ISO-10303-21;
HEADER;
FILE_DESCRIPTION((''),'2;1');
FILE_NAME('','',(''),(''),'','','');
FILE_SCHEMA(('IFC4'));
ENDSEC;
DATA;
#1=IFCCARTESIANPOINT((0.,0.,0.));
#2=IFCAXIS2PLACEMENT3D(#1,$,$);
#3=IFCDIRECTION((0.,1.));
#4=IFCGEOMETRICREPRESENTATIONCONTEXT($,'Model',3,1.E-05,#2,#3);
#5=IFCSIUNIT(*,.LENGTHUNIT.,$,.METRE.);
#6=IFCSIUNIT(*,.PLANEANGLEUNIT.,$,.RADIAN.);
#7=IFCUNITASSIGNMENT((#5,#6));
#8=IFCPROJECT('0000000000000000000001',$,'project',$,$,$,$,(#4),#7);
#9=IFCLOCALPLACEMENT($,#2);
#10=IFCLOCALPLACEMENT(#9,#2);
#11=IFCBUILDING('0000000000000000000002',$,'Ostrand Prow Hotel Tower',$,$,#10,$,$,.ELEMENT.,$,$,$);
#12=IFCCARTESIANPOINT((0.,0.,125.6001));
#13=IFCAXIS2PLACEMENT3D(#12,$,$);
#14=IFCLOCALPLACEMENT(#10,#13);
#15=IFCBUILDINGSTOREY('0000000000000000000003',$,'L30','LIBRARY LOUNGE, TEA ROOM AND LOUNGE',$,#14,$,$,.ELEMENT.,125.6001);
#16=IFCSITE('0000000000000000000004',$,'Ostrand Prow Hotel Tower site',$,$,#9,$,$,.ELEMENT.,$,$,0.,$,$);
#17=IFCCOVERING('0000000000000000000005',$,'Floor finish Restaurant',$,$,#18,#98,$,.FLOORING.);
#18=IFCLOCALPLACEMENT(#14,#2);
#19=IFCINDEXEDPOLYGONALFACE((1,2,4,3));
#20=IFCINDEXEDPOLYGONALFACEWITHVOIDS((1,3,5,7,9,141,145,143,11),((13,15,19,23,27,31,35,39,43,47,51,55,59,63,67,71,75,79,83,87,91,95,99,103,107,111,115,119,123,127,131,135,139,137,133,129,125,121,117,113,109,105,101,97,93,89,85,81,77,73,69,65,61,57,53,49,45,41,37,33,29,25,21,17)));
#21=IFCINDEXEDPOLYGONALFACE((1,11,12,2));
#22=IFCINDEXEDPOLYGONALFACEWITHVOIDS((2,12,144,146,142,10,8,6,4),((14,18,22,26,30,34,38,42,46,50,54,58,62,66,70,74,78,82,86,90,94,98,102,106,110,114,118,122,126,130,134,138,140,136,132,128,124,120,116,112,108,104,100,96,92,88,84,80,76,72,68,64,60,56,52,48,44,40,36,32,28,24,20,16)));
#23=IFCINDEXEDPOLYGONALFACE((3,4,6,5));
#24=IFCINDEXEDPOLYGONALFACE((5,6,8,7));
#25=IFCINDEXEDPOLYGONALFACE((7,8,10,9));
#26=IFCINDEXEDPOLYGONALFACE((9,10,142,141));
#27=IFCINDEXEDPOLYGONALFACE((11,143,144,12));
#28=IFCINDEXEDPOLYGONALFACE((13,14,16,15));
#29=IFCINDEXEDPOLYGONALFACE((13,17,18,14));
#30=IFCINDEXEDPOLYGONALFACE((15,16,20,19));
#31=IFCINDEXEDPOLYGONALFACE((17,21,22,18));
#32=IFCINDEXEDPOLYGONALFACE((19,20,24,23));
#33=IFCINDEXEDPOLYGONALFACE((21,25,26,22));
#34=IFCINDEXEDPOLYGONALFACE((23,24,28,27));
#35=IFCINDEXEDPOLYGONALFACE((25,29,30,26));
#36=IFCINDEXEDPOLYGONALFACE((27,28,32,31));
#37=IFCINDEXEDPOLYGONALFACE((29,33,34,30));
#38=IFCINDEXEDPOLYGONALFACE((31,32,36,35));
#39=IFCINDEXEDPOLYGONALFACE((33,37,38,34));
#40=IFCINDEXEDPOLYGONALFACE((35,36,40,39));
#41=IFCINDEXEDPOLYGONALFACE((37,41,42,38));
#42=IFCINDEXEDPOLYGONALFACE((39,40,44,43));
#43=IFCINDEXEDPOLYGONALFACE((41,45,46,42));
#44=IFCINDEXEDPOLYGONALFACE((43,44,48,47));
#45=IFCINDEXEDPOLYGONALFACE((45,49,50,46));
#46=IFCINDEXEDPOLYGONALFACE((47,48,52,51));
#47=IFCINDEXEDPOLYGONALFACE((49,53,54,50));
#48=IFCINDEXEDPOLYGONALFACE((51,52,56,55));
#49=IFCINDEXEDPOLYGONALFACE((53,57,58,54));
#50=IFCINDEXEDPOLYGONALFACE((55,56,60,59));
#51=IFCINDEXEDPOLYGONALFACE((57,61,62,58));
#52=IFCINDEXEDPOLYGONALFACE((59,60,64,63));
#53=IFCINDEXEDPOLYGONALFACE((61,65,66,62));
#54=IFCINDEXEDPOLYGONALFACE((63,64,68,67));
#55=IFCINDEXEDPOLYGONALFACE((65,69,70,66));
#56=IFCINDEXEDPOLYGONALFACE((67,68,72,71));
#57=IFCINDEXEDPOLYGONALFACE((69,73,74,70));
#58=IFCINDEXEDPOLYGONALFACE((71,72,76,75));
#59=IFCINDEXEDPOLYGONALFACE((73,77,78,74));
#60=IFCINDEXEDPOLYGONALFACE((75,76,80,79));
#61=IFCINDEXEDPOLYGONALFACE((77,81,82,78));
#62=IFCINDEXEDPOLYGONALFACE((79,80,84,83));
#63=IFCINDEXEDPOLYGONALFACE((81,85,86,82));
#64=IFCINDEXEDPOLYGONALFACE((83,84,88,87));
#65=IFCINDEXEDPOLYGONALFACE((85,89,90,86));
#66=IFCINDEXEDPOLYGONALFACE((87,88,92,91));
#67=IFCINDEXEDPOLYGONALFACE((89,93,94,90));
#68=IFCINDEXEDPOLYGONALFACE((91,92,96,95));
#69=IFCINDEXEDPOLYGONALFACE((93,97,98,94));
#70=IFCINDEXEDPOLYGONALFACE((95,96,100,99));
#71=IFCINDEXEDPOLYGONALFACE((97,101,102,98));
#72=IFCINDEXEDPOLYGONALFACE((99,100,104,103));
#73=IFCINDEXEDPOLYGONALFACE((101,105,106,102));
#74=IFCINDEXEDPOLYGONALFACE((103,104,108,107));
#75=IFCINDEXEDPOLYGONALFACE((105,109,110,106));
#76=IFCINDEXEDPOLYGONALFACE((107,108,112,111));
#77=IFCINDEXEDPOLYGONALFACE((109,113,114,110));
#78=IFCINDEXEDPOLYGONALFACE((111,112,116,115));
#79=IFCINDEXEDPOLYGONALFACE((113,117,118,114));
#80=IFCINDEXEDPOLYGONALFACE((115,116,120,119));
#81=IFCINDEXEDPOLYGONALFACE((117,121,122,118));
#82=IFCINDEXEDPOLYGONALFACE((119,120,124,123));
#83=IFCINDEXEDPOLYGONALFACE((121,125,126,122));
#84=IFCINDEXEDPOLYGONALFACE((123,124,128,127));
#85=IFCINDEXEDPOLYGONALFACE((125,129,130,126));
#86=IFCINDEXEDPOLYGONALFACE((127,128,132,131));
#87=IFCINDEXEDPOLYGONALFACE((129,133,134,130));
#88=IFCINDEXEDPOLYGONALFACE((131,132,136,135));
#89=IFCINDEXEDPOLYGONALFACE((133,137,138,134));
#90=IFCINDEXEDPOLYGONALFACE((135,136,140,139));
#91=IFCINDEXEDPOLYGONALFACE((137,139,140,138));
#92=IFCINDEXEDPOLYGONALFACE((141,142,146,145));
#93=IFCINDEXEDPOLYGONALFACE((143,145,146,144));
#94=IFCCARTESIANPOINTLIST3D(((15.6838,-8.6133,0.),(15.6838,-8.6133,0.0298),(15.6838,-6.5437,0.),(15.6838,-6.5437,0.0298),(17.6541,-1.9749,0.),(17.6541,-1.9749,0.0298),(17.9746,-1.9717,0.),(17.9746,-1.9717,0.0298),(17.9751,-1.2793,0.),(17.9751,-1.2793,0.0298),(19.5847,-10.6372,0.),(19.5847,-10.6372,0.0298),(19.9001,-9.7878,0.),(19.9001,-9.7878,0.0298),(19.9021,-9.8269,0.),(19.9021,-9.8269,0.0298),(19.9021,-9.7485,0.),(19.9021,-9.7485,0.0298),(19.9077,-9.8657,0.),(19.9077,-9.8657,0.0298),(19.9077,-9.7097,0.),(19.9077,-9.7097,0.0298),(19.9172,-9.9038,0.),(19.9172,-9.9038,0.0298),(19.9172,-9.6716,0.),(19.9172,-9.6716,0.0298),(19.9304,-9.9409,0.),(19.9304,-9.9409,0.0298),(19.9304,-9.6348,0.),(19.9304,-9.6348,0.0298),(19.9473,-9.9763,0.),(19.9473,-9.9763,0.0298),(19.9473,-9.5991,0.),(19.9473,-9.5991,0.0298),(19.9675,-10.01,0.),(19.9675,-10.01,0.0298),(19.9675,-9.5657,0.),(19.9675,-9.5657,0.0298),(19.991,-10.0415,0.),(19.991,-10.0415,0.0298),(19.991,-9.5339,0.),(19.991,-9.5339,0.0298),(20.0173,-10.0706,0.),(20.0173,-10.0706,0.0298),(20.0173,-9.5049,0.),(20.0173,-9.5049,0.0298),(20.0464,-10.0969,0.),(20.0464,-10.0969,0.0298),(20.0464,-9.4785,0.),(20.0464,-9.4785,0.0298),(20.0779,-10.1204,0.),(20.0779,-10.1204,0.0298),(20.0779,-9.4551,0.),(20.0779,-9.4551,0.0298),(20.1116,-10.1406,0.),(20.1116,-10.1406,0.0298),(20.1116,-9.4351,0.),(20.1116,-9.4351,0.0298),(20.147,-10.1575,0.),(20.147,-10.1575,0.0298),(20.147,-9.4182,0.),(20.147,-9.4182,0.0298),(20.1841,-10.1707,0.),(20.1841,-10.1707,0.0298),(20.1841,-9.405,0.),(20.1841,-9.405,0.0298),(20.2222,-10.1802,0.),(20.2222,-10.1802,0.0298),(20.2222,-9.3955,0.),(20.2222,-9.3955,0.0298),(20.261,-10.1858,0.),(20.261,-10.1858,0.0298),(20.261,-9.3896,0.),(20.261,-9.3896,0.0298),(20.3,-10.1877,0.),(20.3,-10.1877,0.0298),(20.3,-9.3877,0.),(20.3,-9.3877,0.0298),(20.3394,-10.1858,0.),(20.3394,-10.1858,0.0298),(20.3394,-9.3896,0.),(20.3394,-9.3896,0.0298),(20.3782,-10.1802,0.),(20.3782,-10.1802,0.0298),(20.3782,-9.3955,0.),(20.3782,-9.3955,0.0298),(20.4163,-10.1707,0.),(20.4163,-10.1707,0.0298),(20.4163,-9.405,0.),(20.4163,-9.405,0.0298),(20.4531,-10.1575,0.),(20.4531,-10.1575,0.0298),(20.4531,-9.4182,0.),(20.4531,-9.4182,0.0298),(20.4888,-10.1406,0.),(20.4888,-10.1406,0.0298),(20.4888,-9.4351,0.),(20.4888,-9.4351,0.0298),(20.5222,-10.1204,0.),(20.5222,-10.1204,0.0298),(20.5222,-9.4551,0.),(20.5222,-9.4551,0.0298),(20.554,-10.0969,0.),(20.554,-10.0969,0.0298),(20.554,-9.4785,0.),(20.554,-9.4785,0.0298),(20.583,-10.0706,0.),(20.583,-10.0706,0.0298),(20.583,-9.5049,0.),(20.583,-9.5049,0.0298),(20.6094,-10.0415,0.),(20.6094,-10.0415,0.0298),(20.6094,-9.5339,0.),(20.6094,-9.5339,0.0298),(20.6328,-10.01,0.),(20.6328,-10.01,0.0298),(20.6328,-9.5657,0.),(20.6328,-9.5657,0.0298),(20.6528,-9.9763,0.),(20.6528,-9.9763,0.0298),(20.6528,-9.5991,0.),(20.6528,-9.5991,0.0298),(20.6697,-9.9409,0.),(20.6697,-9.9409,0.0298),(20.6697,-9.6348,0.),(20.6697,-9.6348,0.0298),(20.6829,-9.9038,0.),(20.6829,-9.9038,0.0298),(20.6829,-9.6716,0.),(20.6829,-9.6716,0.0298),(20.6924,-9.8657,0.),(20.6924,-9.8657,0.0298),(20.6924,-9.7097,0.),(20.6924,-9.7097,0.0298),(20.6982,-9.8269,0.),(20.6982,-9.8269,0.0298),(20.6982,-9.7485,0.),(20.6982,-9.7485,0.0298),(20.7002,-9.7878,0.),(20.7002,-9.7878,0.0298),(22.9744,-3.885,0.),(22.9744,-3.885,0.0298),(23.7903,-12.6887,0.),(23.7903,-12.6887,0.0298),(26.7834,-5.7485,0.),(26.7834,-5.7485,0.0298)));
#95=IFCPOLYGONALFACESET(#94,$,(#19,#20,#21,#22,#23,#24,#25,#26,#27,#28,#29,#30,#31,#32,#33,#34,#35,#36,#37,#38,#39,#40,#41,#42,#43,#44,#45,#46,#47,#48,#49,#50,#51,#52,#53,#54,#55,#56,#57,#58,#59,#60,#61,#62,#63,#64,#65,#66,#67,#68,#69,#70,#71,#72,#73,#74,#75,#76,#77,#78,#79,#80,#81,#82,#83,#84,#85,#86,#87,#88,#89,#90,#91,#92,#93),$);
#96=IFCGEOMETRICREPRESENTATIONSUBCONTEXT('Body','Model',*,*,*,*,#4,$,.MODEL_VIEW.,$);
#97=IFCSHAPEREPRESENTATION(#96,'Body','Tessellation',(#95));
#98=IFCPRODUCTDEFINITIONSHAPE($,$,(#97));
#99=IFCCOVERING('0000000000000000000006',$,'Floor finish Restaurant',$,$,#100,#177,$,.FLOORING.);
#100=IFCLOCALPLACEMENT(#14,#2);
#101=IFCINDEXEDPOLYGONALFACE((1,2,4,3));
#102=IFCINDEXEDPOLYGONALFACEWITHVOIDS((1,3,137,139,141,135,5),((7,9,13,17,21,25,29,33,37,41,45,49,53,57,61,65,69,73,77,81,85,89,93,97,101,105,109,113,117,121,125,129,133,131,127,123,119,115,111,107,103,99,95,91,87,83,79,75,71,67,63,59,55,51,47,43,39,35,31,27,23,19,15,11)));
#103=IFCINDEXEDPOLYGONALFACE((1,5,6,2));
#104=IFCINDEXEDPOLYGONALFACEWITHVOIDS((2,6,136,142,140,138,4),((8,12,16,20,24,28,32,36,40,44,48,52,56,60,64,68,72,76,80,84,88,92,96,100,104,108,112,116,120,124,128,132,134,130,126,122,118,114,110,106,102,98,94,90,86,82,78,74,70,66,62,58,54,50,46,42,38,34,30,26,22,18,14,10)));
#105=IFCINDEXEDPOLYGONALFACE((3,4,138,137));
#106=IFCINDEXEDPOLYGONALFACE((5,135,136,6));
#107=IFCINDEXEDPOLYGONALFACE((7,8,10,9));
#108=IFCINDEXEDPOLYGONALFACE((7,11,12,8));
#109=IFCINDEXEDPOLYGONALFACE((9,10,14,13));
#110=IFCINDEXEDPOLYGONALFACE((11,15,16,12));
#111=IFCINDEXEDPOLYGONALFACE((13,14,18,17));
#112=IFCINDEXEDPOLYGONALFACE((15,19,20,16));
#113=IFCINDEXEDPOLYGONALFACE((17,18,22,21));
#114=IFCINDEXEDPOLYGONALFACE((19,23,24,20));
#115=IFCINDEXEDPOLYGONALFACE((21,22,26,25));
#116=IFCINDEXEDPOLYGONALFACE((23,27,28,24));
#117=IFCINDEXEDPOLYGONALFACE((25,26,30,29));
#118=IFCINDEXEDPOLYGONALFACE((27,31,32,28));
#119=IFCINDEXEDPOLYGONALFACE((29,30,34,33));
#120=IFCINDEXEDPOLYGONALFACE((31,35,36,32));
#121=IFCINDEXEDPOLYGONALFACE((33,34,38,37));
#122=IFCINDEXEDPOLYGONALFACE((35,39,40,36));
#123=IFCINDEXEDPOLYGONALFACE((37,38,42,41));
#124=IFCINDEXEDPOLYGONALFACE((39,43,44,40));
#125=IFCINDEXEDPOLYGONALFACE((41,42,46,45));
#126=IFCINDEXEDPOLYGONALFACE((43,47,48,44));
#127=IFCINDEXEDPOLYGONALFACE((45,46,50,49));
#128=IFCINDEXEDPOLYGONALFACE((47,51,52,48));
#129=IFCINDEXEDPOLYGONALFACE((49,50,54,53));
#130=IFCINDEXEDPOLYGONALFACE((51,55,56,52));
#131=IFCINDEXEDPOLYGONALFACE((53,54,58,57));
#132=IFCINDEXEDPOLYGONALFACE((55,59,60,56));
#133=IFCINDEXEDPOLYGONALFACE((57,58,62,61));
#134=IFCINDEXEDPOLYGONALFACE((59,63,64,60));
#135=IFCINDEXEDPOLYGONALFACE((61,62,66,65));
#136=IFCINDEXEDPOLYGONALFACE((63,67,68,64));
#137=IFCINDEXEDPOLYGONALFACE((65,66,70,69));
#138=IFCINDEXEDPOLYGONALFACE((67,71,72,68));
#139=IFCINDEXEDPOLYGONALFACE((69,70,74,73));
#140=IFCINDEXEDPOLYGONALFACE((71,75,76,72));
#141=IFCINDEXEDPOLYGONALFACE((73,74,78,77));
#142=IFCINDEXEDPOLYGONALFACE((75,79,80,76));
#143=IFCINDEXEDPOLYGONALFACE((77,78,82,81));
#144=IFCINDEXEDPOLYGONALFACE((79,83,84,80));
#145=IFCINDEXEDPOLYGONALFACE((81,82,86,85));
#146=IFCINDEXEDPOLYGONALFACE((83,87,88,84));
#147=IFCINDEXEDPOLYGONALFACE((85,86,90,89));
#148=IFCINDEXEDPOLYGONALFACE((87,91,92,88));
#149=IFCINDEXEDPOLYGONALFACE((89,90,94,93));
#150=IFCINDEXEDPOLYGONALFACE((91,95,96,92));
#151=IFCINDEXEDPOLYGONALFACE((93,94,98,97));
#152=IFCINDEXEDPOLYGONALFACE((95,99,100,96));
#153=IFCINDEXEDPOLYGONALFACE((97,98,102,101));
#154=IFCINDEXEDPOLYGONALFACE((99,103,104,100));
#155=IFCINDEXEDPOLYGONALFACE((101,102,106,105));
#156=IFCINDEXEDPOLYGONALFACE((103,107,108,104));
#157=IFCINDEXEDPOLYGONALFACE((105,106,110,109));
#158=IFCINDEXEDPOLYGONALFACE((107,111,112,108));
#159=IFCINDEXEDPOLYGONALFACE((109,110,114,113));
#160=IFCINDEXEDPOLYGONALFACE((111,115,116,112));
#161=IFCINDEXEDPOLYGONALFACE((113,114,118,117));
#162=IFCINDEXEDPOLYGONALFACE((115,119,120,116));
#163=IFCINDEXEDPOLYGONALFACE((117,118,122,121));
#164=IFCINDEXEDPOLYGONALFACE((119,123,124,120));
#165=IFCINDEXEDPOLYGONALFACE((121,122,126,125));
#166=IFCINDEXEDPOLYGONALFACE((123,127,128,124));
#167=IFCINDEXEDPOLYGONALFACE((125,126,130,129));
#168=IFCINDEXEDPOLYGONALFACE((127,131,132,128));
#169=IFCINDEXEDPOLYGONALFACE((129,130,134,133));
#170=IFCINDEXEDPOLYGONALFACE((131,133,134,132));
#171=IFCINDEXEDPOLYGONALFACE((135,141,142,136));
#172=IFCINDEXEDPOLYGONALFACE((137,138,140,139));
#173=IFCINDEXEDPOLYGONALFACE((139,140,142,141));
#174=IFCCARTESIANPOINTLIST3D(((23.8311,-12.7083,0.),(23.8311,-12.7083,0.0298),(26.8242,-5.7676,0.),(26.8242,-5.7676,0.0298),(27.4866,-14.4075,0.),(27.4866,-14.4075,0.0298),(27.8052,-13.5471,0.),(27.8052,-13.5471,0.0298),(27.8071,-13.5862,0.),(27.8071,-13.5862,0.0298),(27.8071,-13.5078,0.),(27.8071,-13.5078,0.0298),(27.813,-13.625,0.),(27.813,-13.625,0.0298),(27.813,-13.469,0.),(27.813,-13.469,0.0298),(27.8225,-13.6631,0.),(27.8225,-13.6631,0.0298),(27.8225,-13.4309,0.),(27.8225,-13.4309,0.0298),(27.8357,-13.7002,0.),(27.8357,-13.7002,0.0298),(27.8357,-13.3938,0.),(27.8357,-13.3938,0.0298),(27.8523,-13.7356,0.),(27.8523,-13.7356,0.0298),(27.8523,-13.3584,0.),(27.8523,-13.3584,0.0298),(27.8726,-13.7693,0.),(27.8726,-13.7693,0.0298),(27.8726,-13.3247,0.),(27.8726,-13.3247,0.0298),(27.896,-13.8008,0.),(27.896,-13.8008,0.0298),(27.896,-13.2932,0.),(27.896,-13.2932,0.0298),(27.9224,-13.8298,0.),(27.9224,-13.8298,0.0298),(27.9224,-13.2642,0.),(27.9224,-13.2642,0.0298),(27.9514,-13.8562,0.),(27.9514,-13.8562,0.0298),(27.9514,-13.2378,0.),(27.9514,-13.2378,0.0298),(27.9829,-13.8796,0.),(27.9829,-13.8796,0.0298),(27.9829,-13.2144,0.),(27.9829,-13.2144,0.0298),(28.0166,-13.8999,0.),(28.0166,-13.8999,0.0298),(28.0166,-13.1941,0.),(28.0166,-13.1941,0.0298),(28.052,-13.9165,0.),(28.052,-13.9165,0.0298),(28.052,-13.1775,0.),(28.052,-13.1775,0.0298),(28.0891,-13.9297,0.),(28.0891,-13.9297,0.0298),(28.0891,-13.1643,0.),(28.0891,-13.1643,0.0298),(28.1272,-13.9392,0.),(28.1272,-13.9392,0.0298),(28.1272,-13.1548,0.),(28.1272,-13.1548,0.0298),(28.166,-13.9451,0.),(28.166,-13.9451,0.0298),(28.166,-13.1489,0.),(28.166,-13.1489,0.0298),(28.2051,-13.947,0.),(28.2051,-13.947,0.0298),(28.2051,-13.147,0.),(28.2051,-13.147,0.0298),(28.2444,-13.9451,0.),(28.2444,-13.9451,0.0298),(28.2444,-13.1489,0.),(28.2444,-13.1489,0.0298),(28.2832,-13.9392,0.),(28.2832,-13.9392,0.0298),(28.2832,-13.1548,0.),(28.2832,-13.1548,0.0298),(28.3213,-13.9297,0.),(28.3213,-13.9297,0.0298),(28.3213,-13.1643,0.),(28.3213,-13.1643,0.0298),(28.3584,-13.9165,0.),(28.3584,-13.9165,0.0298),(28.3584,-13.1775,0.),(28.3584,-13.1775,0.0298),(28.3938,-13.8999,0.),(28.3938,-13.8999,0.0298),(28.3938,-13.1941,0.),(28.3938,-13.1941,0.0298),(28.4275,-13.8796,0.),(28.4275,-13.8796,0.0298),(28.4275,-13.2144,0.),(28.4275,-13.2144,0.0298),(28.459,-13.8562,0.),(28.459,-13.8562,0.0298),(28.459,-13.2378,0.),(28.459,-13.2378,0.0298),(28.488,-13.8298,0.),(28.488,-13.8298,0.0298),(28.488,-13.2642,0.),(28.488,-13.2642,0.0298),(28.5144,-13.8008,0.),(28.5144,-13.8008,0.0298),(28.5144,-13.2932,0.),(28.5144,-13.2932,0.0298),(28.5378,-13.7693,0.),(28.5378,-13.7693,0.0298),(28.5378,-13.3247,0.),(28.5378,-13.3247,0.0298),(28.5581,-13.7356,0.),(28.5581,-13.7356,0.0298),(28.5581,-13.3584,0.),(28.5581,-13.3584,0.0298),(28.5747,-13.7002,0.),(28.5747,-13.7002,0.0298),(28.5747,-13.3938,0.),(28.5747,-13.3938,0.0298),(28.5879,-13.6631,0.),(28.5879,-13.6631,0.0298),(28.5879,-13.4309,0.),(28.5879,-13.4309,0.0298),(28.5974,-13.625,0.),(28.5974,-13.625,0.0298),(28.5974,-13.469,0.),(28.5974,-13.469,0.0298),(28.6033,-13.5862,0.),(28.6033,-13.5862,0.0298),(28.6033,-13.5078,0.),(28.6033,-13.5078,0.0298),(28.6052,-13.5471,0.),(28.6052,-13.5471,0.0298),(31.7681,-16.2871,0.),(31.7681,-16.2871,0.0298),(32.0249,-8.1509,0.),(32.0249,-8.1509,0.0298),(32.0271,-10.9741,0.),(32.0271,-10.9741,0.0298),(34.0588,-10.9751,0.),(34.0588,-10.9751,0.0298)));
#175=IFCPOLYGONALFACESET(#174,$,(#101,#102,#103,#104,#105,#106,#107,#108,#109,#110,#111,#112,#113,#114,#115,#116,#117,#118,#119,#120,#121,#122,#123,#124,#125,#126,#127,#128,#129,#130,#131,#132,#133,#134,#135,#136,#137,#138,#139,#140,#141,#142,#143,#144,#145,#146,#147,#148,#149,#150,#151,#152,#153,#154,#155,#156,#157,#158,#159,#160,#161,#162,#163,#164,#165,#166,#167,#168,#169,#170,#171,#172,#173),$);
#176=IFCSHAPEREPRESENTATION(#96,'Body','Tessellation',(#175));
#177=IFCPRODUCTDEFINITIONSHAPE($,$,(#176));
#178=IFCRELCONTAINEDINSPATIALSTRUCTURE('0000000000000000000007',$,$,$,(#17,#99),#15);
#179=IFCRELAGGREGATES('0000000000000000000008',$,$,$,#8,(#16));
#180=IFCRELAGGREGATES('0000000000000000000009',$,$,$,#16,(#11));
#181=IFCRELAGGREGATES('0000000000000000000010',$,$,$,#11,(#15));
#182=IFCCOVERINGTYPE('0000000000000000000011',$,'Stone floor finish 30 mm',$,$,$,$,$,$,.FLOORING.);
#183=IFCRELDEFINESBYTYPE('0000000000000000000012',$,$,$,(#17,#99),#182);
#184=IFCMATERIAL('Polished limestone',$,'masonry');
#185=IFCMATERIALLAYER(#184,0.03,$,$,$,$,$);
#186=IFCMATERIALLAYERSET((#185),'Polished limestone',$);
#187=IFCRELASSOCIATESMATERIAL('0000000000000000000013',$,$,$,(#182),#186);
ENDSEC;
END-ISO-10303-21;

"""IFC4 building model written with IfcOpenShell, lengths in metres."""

from ifc_helpers import new_model, si_unit, direction, frame, origin, place, context, subcontext, project, spatial, polyline, outline, extrude, material, layer, layer_set, type_object, element, save


model = new_model("IFC4")

# Units and contexts
model_context = context("Model", 3, precision=1e-05, world=origin(), true_north=direction((0.0, 1.0)))
body_context = subcontext(model_context, "Body", "Model", "MODEL_VIEW")
ifc_project = project(units=[si_unit("LENGTHUNIT", "METRE"), si_unit("PLANEANGLEUNIT", "RADIAN")], contexts=[model_context])

# Site, building, storey
site_placement = place(None, origin())
site = spatial("IfcSite", under=ifc_project, at=site_placement, Name="Ostrand Prow Hotel Tower site", CompositionType="ELEMENT", RefElevation=0.0)
building_placement = place(site_placement, origin())
building = spatial("IfcBuilding", under=site, at=building_placement, Name="Ostrand Prow Hotel Tower", CompositionType="ELEMENT")
storey_placement = place(building_placement, frame((0.0, 0.0, 125.6001)))
storey = spatial("IfcBuildingStorey", under=building, at=storey_placement, Name="L30", Description="LIBRARY LOUNGE, TEA ROOM AND LOUNGE", CompositionType="ELEMENT", Elevation=125.6001)

# Coverings
ifc_material_1 = material(Name="Polished limestone", Category="masonry")
ifc_layer_1 = layer(ifc_material_1, 0.03)
ifc_layer_set_1 = layer_set([ifc_layer_1], Name="Polished limestone")
covering_type_1 = type_object("IfcCoveringType", Name="Stone floor finish 30 mm", PredefinedType="FLOORING", material=ifc_layer_set_1)
covering_1_placement = place(storey_placement, origin())
element("IfcCovering", 1, at=covering_1_placement, inside=storey, type_object=covering_type_1, Name="Floor finish Restaurant", PredefinedType="FLOORING", context=body_context, shape_type="SweptSolid", body=[
    extrude(outline(polyline([(19.5847, -10.6372), (23.7903, -12.6887), (26.7834, -5.7485), (22.9744, -3.885), (17.9751, -1.2793), (17.9746, -1.9717), (17.6541, -1.9749), (15.6838, -6.5437), (15.6838, -8.6133), (19.5847, -10.6372)]), holes=[polyline([(20.6328, -10.01), (20.6094, -10.0415), (20.583, -10.0706), (20.554, -10.0969), (20.5222, -10.1204), (20.4888, -10.1406), (20.4531, -10.1575), (20.4163, -10.1707), (20.3782, -10.1802), (20.3394, -10.1858), (20.3, -10.1877), (20.261, -10.1858), (20.2222, -10.1802), (20.1841, -10.1707), (20.147, -10.1575), (20.1116, -10.1406), (20.0779, -10.1204), (20.0464, -10.0969), (20.0173, -10.0706), (19.991, -10.0415), (19.9675, -10.01), (19.9473, -9.9763), (19.9304, -9.9409), (19.9172, -9.9038), (19.9077, -9.8657), (19.9021, -9.8269), (19.9001, -9.7878), (19.9021, -9.7485), (19.9077, -9.7097), (19.9172, -9.6716), (19.9304, -9.6348), (19.9473, -9.5991), (19.9675, -9.5657), (19.991, -9.5339), (20.0173, -9.5049), (20.0464, -9.4785), (20.0779, -9.4551), (20.1116, -9.4351), (20.147, -9.4182), (20.1841, -9.405), (20.2222, -9.3955), (20.261, -9.3896), (20.3, -9.3877), (20.3394, -9.3896), (20.3782, -9.3955), (20.4163, -9.405), (20.4531, -9.4182), (20.4888, -9.4351), (20.5222, -9.4551), (20.554, -9.4785), (20.583, -9.5049), (20.6094, -9.5339), (20.6328, -9.5657), (20.6528, -9.5991), (20.6697, -9.6348), (20.6829, -9.6716), (20.6924, -9.7097), (20.6982, -9.7485), (20.7002, -9.7878), (20.6982, -9.8269), (20.6924, -9.8657), (20.6829, -9.9038), (20.6697, -9.9409), (20.6528, -9.9763), (20.6328, -10.01)])]), origin(), (0.0, 0.0, 1.0), 0.0298),
])
covering_2_placement = place(storey_placement, origin())
element("IfcCovering", 2, at=covering_2_placement, inside=storey, type_object=covering_type_1, Name="Floor finish Restaurant", PredefinedType="FLOORING", context=body_context, shape_type="SweptSolid", body=[
    extrude(outline(polyline([(27.4866, -14.4075), (31.7681, -16.2871), (34.0588, -10.9751), (32.0271, -10.9741), (32.0249, -8.1509), (26.8242, -5.7676), (23.8311, -12.7083), (27.4866, -14.4075)]), holes=[polyline([(28.5581, -13.7356), (28.5378, -13.7693), (28.5144, -13.8008), (28.488, -13.8298), (28.459, -13.8562), (28.4275, -13.8796), (28.3938, -13.8999), (28.3584, -13.9165), (28.3213, -13.9297), (28.2832, -13.9392), (28.2444, -13.9451), (28.2051, -13.947), (28.166, -13.9451), (28.1272, -13.9392), (28.0891, -13.9297), (28.052, -13.9165), (28.0166, -13.8999), (27.9829, -13.8796), (27.9514, -13.8562), (27.9224, -13.8298), (27.896, -13.8008), (27.8726, -13.7693), (27.8523, -13.7356), (27.8357, -13.7002), (27.8225, -13.6631), (27.813, -13.625), (27.8071, -13.5862), (27.8052, -13.5471), (27.8071, -13.5078), (27.813, -13.469), (27.8225, -13.4309), (27.8357, -13.3938), (27.8523, -13.3584), (27.8726, -13.3247), (27.896, -13.2932), (27.9224, -13.2642), (27.9514, -13.2378), (27.9829, -13.2144), (28.0166, -13.1941), (28.052, -13.1775), (28.0891, -13.1643), (28.1272, -13.1548), (28.166, -13.1489), (28.2051, -13.147), (28.2444, -13.1489), (28.2832, -13.1548), (28.3213, -13.1643), (28.3584, -13.1775), (28.3938, -13.1941), (28.4275, -13.2144), (28.459, -13.2378), (28.488, -13.2642), (28.5144, -13.2932), (28.5378, -13.3247), (28.5581, -13.3584), (28.5747, -13.3938), (28.5879, -13.4309), (28.5974, -13.469), (28.6033, -13.5078), (28.6052, -13.5471), (28.6033, -13.5862), (28.5974, -13.625), (28.5879, -13.6631), (28.5747, -13.7002), (28.5581, -13.7356)])]), origin(), (0.0, 0.0, 1.0), 0.0298),
])

save(model, "model.ifc")
